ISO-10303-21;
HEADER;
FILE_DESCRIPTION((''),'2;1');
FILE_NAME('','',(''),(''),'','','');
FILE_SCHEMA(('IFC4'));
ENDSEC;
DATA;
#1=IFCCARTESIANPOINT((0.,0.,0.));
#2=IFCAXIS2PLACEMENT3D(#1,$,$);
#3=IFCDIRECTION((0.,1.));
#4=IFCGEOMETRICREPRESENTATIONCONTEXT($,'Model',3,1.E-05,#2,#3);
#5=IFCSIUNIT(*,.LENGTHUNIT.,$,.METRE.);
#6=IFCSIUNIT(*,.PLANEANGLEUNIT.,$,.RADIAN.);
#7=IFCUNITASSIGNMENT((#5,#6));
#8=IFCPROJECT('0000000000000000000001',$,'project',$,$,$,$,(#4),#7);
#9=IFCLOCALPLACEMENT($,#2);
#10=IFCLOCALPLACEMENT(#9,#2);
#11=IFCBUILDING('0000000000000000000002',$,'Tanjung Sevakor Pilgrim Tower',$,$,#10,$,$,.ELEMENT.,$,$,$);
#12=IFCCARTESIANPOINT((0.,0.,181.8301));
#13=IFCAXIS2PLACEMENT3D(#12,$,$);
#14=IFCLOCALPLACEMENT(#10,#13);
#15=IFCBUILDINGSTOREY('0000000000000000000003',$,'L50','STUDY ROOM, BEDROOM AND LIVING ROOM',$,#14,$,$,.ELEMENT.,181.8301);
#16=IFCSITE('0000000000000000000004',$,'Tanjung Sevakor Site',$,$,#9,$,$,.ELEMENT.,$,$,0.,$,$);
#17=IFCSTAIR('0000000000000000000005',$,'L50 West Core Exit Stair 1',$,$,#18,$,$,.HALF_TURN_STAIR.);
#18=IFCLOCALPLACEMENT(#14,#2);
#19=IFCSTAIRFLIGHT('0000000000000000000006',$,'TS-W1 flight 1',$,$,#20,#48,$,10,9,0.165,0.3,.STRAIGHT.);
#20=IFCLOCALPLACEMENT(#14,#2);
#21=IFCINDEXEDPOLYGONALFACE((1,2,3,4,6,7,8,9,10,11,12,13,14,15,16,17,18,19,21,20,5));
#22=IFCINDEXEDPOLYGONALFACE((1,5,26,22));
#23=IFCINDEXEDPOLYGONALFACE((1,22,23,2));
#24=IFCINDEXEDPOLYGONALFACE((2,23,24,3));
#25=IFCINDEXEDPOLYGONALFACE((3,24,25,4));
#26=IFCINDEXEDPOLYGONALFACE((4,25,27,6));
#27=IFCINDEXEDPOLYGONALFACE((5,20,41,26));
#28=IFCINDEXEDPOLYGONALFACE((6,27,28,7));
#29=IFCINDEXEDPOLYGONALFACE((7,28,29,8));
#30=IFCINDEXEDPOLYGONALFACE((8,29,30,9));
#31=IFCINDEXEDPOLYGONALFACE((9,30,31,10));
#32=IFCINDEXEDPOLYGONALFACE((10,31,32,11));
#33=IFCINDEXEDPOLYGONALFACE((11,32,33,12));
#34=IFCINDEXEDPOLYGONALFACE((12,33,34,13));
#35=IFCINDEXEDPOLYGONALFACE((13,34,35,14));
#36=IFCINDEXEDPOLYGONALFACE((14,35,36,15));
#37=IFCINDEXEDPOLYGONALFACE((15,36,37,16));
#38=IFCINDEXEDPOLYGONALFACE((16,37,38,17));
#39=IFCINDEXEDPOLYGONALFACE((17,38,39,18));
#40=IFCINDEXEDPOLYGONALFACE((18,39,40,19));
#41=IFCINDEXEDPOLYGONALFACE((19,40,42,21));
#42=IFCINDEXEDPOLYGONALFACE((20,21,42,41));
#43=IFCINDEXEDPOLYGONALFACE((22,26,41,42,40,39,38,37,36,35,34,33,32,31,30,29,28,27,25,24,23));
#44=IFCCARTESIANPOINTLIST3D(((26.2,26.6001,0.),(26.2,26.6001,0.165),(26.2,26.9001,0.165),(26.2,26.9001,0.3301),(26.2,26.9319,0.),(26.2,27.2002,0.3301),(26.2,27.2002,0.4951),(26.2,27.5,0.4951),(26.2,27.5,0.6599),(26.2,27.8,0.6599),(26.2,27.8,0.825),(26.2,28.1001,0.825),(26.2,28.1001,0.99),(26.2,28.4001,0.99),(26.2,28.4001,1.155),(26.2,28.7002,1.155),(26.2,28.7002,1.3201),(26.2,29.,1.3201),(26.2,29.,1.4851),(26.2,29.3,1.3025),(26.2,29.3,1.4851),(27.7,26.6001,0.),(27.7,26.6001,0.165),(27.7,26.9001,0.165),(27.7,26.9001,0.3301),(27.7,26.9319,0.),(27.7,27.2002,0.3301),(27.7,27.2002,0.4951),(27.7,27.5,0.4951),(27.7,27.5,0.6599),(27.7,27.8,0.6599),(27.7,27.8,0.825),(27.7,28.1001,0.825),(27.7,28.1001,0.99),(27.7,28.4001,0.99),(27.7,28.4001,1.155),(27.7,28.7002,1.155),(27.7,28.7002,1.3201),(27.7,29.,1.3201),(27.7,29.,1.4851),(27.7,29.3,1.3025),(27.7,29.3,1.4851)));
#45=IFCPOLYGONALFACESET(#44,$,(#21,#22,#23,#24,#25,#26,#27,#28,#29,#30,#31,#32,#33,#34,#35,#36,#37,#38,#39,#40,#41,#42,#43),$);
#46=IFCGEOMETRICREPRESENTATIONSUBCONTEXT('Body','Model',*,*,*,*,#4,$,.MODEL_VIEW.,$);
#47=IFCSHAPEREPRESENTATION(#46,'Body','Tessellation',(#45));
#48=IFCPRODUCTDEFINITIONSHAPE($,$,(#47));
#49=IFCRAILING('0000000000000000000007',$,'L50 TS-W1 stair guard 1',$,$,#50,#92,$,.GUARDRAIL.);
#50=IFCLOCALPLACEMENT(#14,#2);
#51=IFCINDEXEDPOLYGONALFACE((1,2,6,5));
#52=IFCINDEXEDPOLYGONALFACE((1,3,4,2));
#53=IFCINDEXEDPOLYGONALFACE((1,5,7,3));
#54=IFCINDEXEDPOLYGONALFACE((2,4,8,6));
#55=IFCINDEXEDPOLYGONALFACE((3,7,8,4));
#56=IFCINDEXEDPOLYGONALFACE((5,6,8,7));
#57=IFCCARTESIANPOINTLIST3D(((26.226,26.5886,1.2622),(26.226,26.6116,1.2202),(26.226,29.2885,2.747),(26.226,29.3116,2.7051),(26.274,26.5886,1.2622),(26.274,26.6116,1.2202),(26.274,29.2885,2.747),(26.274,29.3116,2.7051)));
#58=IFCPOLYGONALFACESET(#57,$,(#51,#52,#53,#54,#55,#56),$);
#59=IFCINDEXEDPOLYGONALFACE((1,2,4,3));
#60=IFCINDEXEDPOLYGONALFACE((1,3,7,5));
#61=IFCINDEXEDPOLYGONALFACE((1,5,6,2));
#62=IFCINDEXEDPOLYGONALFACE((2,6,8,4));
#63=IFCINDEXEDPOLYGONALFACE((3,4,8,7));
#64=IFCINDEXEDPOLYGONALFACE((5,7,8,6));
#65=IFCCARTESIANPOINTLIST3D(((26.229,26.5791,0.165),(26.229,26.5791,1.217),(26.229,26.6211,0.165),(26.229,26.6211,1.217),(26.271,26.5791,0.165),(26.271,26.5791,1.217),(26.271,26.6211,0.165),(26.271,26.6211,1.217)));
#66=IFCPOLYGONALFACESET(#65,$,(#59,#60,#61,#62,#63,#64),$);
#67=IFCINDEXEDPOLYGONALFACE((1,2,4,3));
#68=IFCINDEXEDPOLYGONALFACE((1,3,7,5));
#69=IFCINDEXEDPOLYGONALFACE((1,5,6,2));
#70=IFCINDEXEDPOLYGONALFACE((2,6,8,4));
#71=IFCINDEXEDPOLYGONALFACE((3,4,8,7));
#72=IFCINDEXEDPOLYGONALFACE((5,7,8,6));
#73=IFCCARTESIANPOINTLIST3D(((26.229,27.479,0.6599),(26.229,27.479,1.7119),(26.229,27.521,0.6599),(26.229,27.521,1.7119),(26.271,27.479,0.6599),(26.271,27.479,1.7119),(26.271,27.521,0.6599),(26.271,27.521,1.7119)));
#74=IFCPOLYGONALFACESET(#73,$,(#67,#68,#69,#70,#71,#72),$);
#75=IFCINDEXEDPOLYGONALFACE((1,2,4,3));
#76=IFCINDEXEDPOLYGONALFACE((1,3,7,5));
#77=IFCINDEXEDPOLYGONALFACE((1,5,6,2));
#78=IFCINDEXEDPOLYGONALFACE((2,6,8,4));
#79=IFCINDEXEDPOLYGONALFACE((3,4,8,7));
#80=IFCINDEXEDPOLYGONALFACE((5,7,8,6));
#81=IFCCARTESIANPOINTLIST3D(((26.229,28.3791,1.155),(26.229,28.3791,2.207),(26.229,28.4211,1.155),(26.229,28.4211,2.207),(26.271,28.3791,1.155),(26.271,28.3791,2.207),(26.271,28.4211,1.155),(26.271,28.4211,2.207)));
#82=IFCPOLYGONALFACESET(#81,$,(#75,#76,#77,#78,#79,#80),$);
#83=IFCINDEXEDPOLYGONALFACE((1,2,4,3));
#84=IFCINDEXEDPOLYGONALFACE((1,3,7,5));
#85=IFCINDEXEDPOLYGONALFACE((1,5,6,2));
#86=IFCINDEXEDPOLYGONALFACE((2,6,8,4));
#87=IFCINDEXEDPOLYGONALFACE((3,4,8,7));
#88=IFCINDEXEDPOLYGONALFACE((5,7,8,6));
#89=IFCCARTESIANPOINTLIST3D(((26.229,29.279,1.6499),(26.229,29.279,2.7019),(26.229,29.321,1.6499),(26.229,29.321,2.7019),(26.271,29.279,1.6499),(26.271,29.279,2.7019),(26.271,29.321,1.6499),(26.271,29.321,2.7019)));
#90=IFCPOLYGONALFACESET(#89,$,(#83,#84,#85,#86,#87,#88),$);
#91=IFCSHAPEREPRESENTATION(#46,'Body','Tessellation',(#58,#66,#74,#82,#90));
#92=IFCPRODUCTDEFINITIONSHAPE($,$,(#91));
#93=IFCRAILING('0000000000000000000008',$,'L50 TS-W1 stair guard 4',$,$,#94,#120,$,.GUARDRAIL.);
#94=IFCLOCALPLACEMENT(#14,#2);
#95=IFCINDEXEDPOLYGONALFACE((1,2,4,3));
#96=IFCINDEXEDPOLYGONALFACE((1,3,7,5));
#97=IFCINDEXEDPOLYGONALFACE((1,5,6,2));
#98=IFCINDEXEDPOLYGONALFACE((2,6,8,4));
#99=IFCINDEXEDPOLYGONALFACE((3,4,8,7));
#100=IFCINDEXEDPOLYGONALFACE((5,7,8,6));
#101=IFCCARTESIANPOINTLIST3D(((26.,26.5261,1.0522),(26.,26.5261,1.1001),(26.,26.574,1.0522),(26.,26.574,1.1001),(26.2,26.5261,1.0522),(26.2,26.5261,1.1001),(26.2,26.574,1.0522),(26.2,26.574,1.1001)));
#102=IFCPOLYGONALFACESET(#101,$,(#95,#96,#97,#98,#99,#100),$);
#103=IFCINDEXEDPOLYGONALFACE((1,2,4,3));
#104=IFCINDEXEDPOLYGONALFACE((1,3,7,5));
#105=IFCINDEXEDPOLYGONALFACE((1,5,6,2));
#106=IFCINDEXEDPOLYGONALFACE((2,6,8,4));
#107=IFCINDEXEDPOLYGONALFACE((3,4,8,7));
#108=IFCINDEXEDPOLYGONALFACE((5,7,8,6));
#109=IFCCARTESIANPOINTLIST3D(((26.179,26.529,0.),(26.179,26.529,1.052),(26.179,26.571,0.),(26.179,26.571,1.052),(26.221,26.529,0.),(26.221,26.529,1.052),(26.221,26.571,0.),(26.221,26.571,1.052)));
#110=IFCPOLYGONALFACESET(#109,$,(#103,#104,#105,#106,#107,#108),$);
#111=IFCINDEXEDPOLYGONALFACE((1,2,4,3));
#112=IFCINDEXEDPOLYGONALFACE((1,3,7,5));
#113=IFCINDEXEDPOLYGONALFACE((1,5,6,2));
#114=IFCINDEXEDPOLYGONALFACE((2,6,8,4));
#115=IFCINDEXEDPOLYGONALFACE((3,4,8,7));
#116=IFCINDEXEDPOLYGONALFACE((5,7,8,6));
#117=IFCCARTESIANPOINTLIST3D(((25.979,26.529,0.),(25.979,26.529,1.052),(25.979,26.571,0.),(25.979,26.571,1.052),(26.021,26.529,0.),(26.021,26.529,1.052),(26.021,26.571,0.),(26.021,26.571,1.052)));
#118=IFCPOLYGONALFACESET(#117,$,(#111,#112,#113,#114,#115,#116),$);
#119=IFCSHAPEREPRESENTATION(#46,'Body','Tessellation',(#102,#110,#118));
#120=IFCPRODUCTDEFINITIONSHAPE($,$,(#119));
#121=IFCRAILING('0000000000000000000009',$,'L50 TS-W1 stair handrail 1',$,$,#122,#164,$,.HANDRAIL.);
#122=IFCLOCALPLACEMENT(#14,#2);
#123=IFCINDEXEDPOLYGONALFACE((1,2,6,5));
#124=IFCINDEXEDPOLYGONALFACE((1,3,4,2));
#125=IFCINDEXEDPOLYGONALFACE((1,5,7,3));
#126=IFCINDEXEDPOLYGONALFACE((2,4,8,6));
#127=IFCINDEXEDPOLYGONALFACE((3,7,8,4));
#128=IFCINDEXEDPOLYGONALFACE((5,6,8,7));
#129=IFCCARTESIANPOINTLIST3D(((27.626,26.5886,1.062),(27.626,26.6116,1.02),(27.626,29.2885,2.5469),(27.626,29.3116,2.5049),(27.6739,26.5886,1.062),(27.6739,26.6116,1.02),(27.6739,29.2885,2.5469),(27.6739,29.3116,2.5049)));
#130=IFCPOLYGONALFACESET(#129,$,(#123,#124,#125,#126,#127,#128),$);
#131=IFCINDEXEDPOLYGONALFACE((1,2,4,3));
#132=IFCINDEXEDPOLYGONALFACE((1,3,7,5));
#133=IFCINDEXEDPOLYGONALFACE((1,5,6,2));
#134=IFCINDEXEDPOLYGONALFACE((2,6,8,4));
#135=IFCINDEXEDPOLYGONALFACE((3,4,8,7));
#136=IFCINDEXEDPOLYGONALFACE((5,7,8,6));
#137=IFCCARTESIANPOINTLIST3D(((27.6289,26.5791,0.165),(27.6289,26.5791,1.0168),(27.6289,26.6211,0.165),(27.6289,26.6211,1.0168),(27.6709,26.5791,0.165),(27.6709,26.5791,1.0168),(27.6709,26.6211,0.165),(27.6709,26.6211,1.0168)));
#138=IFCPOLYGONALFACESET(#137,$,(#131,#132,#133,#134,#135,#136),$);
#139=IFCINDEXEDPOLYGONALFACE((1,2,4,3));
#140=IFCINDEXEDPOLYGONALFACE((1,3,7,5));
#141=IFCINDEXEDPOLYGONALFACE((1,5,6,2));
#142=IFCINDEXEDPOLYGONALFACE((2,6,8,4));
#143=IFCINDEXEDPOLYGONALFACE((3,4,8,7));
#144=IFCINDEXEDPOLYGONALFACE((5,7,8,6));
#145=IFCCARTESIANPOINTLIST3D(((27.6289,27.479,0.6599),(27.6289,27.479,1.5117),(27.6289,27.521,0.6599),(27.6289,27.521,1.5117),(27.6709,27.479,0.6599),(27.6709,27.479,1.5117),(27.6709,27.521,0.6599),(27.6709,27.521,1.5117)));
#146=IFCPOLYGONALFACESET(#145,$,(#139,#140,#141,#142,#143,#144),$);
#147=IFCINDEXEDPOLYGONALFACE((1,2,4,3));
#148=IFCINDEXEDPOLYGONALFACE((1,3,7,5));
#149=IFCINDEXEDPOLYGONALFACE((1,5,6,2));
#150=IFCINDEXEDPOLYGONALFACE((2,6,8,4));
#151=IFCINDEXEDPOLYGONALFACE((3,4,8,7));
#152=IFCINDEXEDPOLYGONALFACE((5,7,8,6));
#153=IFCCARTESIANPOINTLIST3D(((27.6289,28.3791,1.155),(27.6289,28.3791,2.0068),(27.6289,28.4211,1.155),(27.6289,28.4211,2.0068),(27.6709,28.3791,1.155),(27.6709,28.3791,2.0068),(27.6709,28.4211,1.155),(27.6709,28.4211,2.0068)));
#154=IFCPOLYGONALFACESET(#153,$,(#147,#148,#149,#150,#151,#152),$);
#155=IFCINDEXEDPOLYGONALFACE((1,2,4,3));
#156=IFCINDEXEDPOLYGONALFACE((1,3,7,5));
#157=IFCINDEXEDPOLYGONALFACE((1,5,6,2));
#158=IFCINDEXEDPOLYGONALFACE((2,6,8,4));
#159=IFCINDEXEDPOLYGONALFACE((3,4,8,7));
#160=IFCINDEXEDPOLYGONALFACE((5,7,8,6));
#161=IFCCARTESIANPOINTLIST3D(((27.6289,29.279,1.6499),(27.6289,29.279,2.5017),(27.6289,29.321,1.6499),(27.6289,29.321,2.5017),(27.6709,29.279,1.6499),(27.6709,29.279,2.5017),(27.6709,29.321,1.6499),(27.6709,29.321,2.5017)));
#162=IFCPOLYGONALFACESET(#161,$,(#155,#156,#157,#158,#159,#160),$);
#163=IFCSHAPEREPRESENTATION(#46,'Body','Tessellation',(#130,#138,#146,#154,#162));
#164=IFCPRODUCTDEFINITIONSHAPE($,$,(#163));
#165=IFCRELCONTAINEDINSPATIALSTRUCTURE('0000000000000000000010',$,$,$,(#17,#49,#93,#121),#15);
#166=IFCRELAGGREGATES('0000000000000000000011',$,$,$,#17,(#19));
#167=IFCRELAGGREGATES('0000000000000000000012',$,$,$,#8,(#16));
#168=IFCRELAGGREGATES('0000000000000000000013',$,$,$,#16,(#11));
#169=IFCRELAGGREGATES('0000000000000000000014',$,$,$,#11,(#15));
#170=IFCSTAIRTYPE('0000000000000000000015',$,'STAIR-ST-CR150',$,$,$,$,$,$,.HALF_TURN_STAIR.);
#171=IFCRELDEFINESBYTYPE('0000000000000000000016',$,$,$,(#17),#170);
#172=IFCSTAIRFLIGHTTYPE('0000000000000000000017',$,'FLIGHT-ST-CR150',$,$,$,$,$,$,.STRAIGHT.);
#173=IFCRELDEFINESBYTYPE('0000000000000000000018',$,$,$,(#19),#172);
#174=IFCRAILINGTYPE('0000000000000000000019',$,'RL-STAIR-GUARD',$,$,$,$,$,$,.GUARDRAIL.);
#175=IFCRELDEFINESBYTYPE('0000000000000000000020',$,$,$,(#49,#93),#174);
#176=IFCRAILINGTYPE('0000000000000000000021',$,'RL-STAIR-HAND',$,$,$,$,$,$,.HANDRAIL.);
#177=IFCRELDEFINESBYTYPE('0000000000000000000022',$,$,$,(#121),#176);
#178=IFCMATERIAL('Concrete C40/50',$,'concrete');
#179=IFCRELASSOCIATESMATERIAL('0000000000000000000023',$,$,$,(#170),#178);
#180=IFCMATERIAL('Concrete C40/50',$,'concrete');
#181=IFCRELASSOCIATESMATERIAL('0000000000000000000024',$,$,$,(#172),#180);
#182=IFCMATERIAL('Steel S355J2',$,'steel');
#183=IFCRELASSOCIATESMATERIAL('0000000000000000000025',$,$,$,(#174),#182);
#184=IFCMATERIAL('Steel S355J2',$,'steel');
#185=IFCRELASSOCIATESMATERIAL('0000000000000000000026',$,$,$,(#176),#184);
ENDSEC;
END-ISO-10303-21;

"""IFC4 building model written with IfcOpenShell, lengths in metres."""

from ifc_helpers import new_model, si_unit, direction, frame, origin, place, context, subcontext, project, spatial, polyline, rectangle, outline, extrude, material, type_object, element, aggregate, save


model = new_model("IFC4")

# Units and contexts
model_context = context("Model", 3, precision=1e-05, world=origin(), true_north=direction((0.0, 1.0)))
body_context = subcontext(model_context, "Body", "Model", "MODEL_VIEW")
ifc_project = project(units=[si_unit("LENGTHUNIT", "METRE"), si_unit("PLANEANGLEUNIT", "RADIAN")], contexts=[model_context])

# Site, building, storey
site_placement = place(None, origin())
site = spatial("IfcSite", under=ifc_project, at=site_placement, Name="Tanjung Sevakor Site", CompositionType="ELEMENT", RefElevation=0.0)
building_placement = place(site_placement, origin())
building = spatial("IfcBuilding", under=site, at=building_placement, Name="Tanjung Sevakor Pilgrim Tower", CompositionType="ELEMENT")
storey_placement = place(building_placement, frame((0.0, 0.0, 181.8301)))
storey = spatial("IfcBuildingStorey", under=building, at=storey_placement, Name="L50", Description="STUDY ROOM, BEDROOM AND LIVING ROOM", CompositionType="ELEMENT", Elevation=181.8301)

# Stair, stair flight
ifc_material_1 = material(Name="Concrete C40/50", Category="concrete")
stair_type = type_object("IfcStairType", Name="STAIR-ST-CR150", PredefinedType="HALF_TURN_STAIR", material=ifc_material_1)
stair_placement = place(storey_placement, origin())
stair = element("IfcStair", 1, at=stair_placement, inside=storey, type_object=stair_type, Name="L50 West Core Exit Stair 1", PredefinedType="HALF_TURN_STAIR")
ifc_material_2 = material(Name="Concrete C40/50", Category="concrete")
stair_flight_type = type_object("IfcStairFlightType", Name="FLIGHT-ST-CR150", PredefinedType="STRAIGHT", material=ifc_material_2)
stair_flight_placement = place(storey_placement, frame((26.95, 26.6001, 0.0), z_axis=(0.0, 0.0, 1.0), x_axis=(0.0, 1.0, 0.0)))
stair_flight = element("IfcStairFlight", 2, at=stair_flight_placement, type_object=stair_flight_type, Name="TS-W1 flight 1", NumberOfRisers=10, NumberOfTreads=9, PredefinedType="STRAIGHT", RiserHeight=0.165, TreadLength=0.3, context=body_context, shape_type="SweptSolid", body=[
    extrude(outline(polyline([(0.0, 0.0), (0.0, 0.165), (0.3, 0.165), (0.3, 0.3301), (0.6001, 0.3301), (0.6001, 0.4951), (0.8999, 0.4951), (0.8999, 0.6599), (1.2, 0.6599), (1.2, 0.825), (1.5, 0.825), (1.5, 0.99), (1.8, 0.99), (1.8, 1.155), (2.1001, 1.155), (2.1001, 1.3201), (2.3999, 1.3201), (2.3999, 1.4851), (2.7, 1.4851), (2.7, 1.6499), (2.7, 1.3025), (0.3318, 0.0), (0.0, 0.0)])), frame((0.0, 0.75, 0.0), z_axis=(0.0, -1.0, 0.0), x_axis=(1.0, 0.0, 0.0)), (0.0, 0.0, 1.0), 1.5),
])
aggregate(stair, [stair_flight])

# Railings
ifc_material_3 = material(Name="Steel S355J2", Category="steel")
railing_type_1 = type_object("IfcRailingType", Name="RL-STAIR-GUARD", PredefinedType="GUARDRAIL", material=ifc_material_3)
railing_1_placement = place(storey_placement, frame((26.25, 26.6001, 0.165)))
element("IfcRailing", 3, at=railing_1_placement, inside=storey, type_object=railing_type_1, Name="L50 TS-W1 stair guard 1", PredefinedType="GUARDRAIL", context=body_context, shape_type="SweptSolid", body=[
    extrude(rectangle(XDim=0.0479, YDim=0.0479), frame((0.0, 0.0, 1.0762), z_axis=(0.0, 0.876231, 0.481891), x_axis=(-1.0, 0.0, 0.0)), (0.0, 0.0, 1.0), 3.0813),
    extrude(rectangle(XDim=0.042, YDim=0.042), origin(), (0.0, 0.0, 1.0), 1.052),
    extrude(rectangle(XDim=0.042, YDim=0.042), frame((0.0, 0.8999, 0.4949)), (0.0, 0.0, 1.0), 1.052),
    extrude(rectangle(XDim=0.042, YDim=0.042), frame((0.0, 1.8, 0.99)), (0.0, 0.0, 1.0), 1.052),
    extrude(rectangle(XDim=0.042, YDim=0.042), frame((0.0, 2.7, 1.4849)), (0.0, 0.0, 1.0), 1.052),
])
railing_2_placement = place(storey_placement, frame((26.2, 26.55, 0.0)))
element("IfcRailing", 4, at=railing_2_placement, inside=storey, type_object=railing_type_1, Name="L50 TS-W1 stair guard 4", PredefinedType="GUARDRAIL", context=body_context, shape_type="SweptSolid", body=[
    extrude(rectangle(XDim=0.0479, YDim=0.0479), frame((0.0, 0.0, 1.0762), z_axis=(-1.0, 0.0, 0.0), x_axis=(0.0, -1.0, 0.0)), (0.0, 0.0, 1.0), 0.2),
    extrude(rectangle(XDim=0.042, YDim=0.042), origin(), (0.0, 0.0, 1.0), 1.052),
    extrude(rectangle(XDim=0.042, YDim=0.042), frame((-0.2, 0.0, 0.0)), (0.0, 0.0, 1.0), 1.052),
])
ifc_material_4 = material(Name="Steel S355J2", Category="steel")
railing_type_2 = type_object("IfcRailingType", Name="RL-STAIR-HAND", PredefinedType="HANDRAIL", material=ifc_material_4)
railing_3_placement = place(storey_placement, frame((27.6499, 26.6001, 0.165)))
element("IfcRailing", 5, at=railing_3_placement, inside=storey, type_object=railing_type_2, Name="L50 TS-W1 stair handrail 1", PredefinedType="HANDRAIL", context=body_context, shape_type="SweptSolid", body=[
    extrude(rectangle(XDim=0.0479, YDim=0.0479), frame((0.0, 0.0, 0.876), z_axis=(0.0, 0.876231, 0.481891), x_axis=(-1.0, 0.0, 0.0)), (0.0, 0.0, 1.0), 3.0813),
    extrude(rectangle(XDim=0.042, YDim=0.042), origin(), (0.0, 0.0, 1.0), 0.8518),
    extrude(rectangle(XDim=0.042, YDim=0.042), frame((0.0, 0.8999, 0.4949)), (0.0, 0.0, 1.0), 0.8518),
    extrude(rectangle(XDim=0.042, YDim=0.042), frame((0.0, 1.8, 0.99)), (0.0, 0.0, 1.0), 0.8518),
    extrude(rectangle(XDim=0.042, YDim=0.042), frame((0.0, 2.7, 1.4849)), (0.0, 0.0, 1.0), 0.8518),
])

save(model, "model.ifc")
